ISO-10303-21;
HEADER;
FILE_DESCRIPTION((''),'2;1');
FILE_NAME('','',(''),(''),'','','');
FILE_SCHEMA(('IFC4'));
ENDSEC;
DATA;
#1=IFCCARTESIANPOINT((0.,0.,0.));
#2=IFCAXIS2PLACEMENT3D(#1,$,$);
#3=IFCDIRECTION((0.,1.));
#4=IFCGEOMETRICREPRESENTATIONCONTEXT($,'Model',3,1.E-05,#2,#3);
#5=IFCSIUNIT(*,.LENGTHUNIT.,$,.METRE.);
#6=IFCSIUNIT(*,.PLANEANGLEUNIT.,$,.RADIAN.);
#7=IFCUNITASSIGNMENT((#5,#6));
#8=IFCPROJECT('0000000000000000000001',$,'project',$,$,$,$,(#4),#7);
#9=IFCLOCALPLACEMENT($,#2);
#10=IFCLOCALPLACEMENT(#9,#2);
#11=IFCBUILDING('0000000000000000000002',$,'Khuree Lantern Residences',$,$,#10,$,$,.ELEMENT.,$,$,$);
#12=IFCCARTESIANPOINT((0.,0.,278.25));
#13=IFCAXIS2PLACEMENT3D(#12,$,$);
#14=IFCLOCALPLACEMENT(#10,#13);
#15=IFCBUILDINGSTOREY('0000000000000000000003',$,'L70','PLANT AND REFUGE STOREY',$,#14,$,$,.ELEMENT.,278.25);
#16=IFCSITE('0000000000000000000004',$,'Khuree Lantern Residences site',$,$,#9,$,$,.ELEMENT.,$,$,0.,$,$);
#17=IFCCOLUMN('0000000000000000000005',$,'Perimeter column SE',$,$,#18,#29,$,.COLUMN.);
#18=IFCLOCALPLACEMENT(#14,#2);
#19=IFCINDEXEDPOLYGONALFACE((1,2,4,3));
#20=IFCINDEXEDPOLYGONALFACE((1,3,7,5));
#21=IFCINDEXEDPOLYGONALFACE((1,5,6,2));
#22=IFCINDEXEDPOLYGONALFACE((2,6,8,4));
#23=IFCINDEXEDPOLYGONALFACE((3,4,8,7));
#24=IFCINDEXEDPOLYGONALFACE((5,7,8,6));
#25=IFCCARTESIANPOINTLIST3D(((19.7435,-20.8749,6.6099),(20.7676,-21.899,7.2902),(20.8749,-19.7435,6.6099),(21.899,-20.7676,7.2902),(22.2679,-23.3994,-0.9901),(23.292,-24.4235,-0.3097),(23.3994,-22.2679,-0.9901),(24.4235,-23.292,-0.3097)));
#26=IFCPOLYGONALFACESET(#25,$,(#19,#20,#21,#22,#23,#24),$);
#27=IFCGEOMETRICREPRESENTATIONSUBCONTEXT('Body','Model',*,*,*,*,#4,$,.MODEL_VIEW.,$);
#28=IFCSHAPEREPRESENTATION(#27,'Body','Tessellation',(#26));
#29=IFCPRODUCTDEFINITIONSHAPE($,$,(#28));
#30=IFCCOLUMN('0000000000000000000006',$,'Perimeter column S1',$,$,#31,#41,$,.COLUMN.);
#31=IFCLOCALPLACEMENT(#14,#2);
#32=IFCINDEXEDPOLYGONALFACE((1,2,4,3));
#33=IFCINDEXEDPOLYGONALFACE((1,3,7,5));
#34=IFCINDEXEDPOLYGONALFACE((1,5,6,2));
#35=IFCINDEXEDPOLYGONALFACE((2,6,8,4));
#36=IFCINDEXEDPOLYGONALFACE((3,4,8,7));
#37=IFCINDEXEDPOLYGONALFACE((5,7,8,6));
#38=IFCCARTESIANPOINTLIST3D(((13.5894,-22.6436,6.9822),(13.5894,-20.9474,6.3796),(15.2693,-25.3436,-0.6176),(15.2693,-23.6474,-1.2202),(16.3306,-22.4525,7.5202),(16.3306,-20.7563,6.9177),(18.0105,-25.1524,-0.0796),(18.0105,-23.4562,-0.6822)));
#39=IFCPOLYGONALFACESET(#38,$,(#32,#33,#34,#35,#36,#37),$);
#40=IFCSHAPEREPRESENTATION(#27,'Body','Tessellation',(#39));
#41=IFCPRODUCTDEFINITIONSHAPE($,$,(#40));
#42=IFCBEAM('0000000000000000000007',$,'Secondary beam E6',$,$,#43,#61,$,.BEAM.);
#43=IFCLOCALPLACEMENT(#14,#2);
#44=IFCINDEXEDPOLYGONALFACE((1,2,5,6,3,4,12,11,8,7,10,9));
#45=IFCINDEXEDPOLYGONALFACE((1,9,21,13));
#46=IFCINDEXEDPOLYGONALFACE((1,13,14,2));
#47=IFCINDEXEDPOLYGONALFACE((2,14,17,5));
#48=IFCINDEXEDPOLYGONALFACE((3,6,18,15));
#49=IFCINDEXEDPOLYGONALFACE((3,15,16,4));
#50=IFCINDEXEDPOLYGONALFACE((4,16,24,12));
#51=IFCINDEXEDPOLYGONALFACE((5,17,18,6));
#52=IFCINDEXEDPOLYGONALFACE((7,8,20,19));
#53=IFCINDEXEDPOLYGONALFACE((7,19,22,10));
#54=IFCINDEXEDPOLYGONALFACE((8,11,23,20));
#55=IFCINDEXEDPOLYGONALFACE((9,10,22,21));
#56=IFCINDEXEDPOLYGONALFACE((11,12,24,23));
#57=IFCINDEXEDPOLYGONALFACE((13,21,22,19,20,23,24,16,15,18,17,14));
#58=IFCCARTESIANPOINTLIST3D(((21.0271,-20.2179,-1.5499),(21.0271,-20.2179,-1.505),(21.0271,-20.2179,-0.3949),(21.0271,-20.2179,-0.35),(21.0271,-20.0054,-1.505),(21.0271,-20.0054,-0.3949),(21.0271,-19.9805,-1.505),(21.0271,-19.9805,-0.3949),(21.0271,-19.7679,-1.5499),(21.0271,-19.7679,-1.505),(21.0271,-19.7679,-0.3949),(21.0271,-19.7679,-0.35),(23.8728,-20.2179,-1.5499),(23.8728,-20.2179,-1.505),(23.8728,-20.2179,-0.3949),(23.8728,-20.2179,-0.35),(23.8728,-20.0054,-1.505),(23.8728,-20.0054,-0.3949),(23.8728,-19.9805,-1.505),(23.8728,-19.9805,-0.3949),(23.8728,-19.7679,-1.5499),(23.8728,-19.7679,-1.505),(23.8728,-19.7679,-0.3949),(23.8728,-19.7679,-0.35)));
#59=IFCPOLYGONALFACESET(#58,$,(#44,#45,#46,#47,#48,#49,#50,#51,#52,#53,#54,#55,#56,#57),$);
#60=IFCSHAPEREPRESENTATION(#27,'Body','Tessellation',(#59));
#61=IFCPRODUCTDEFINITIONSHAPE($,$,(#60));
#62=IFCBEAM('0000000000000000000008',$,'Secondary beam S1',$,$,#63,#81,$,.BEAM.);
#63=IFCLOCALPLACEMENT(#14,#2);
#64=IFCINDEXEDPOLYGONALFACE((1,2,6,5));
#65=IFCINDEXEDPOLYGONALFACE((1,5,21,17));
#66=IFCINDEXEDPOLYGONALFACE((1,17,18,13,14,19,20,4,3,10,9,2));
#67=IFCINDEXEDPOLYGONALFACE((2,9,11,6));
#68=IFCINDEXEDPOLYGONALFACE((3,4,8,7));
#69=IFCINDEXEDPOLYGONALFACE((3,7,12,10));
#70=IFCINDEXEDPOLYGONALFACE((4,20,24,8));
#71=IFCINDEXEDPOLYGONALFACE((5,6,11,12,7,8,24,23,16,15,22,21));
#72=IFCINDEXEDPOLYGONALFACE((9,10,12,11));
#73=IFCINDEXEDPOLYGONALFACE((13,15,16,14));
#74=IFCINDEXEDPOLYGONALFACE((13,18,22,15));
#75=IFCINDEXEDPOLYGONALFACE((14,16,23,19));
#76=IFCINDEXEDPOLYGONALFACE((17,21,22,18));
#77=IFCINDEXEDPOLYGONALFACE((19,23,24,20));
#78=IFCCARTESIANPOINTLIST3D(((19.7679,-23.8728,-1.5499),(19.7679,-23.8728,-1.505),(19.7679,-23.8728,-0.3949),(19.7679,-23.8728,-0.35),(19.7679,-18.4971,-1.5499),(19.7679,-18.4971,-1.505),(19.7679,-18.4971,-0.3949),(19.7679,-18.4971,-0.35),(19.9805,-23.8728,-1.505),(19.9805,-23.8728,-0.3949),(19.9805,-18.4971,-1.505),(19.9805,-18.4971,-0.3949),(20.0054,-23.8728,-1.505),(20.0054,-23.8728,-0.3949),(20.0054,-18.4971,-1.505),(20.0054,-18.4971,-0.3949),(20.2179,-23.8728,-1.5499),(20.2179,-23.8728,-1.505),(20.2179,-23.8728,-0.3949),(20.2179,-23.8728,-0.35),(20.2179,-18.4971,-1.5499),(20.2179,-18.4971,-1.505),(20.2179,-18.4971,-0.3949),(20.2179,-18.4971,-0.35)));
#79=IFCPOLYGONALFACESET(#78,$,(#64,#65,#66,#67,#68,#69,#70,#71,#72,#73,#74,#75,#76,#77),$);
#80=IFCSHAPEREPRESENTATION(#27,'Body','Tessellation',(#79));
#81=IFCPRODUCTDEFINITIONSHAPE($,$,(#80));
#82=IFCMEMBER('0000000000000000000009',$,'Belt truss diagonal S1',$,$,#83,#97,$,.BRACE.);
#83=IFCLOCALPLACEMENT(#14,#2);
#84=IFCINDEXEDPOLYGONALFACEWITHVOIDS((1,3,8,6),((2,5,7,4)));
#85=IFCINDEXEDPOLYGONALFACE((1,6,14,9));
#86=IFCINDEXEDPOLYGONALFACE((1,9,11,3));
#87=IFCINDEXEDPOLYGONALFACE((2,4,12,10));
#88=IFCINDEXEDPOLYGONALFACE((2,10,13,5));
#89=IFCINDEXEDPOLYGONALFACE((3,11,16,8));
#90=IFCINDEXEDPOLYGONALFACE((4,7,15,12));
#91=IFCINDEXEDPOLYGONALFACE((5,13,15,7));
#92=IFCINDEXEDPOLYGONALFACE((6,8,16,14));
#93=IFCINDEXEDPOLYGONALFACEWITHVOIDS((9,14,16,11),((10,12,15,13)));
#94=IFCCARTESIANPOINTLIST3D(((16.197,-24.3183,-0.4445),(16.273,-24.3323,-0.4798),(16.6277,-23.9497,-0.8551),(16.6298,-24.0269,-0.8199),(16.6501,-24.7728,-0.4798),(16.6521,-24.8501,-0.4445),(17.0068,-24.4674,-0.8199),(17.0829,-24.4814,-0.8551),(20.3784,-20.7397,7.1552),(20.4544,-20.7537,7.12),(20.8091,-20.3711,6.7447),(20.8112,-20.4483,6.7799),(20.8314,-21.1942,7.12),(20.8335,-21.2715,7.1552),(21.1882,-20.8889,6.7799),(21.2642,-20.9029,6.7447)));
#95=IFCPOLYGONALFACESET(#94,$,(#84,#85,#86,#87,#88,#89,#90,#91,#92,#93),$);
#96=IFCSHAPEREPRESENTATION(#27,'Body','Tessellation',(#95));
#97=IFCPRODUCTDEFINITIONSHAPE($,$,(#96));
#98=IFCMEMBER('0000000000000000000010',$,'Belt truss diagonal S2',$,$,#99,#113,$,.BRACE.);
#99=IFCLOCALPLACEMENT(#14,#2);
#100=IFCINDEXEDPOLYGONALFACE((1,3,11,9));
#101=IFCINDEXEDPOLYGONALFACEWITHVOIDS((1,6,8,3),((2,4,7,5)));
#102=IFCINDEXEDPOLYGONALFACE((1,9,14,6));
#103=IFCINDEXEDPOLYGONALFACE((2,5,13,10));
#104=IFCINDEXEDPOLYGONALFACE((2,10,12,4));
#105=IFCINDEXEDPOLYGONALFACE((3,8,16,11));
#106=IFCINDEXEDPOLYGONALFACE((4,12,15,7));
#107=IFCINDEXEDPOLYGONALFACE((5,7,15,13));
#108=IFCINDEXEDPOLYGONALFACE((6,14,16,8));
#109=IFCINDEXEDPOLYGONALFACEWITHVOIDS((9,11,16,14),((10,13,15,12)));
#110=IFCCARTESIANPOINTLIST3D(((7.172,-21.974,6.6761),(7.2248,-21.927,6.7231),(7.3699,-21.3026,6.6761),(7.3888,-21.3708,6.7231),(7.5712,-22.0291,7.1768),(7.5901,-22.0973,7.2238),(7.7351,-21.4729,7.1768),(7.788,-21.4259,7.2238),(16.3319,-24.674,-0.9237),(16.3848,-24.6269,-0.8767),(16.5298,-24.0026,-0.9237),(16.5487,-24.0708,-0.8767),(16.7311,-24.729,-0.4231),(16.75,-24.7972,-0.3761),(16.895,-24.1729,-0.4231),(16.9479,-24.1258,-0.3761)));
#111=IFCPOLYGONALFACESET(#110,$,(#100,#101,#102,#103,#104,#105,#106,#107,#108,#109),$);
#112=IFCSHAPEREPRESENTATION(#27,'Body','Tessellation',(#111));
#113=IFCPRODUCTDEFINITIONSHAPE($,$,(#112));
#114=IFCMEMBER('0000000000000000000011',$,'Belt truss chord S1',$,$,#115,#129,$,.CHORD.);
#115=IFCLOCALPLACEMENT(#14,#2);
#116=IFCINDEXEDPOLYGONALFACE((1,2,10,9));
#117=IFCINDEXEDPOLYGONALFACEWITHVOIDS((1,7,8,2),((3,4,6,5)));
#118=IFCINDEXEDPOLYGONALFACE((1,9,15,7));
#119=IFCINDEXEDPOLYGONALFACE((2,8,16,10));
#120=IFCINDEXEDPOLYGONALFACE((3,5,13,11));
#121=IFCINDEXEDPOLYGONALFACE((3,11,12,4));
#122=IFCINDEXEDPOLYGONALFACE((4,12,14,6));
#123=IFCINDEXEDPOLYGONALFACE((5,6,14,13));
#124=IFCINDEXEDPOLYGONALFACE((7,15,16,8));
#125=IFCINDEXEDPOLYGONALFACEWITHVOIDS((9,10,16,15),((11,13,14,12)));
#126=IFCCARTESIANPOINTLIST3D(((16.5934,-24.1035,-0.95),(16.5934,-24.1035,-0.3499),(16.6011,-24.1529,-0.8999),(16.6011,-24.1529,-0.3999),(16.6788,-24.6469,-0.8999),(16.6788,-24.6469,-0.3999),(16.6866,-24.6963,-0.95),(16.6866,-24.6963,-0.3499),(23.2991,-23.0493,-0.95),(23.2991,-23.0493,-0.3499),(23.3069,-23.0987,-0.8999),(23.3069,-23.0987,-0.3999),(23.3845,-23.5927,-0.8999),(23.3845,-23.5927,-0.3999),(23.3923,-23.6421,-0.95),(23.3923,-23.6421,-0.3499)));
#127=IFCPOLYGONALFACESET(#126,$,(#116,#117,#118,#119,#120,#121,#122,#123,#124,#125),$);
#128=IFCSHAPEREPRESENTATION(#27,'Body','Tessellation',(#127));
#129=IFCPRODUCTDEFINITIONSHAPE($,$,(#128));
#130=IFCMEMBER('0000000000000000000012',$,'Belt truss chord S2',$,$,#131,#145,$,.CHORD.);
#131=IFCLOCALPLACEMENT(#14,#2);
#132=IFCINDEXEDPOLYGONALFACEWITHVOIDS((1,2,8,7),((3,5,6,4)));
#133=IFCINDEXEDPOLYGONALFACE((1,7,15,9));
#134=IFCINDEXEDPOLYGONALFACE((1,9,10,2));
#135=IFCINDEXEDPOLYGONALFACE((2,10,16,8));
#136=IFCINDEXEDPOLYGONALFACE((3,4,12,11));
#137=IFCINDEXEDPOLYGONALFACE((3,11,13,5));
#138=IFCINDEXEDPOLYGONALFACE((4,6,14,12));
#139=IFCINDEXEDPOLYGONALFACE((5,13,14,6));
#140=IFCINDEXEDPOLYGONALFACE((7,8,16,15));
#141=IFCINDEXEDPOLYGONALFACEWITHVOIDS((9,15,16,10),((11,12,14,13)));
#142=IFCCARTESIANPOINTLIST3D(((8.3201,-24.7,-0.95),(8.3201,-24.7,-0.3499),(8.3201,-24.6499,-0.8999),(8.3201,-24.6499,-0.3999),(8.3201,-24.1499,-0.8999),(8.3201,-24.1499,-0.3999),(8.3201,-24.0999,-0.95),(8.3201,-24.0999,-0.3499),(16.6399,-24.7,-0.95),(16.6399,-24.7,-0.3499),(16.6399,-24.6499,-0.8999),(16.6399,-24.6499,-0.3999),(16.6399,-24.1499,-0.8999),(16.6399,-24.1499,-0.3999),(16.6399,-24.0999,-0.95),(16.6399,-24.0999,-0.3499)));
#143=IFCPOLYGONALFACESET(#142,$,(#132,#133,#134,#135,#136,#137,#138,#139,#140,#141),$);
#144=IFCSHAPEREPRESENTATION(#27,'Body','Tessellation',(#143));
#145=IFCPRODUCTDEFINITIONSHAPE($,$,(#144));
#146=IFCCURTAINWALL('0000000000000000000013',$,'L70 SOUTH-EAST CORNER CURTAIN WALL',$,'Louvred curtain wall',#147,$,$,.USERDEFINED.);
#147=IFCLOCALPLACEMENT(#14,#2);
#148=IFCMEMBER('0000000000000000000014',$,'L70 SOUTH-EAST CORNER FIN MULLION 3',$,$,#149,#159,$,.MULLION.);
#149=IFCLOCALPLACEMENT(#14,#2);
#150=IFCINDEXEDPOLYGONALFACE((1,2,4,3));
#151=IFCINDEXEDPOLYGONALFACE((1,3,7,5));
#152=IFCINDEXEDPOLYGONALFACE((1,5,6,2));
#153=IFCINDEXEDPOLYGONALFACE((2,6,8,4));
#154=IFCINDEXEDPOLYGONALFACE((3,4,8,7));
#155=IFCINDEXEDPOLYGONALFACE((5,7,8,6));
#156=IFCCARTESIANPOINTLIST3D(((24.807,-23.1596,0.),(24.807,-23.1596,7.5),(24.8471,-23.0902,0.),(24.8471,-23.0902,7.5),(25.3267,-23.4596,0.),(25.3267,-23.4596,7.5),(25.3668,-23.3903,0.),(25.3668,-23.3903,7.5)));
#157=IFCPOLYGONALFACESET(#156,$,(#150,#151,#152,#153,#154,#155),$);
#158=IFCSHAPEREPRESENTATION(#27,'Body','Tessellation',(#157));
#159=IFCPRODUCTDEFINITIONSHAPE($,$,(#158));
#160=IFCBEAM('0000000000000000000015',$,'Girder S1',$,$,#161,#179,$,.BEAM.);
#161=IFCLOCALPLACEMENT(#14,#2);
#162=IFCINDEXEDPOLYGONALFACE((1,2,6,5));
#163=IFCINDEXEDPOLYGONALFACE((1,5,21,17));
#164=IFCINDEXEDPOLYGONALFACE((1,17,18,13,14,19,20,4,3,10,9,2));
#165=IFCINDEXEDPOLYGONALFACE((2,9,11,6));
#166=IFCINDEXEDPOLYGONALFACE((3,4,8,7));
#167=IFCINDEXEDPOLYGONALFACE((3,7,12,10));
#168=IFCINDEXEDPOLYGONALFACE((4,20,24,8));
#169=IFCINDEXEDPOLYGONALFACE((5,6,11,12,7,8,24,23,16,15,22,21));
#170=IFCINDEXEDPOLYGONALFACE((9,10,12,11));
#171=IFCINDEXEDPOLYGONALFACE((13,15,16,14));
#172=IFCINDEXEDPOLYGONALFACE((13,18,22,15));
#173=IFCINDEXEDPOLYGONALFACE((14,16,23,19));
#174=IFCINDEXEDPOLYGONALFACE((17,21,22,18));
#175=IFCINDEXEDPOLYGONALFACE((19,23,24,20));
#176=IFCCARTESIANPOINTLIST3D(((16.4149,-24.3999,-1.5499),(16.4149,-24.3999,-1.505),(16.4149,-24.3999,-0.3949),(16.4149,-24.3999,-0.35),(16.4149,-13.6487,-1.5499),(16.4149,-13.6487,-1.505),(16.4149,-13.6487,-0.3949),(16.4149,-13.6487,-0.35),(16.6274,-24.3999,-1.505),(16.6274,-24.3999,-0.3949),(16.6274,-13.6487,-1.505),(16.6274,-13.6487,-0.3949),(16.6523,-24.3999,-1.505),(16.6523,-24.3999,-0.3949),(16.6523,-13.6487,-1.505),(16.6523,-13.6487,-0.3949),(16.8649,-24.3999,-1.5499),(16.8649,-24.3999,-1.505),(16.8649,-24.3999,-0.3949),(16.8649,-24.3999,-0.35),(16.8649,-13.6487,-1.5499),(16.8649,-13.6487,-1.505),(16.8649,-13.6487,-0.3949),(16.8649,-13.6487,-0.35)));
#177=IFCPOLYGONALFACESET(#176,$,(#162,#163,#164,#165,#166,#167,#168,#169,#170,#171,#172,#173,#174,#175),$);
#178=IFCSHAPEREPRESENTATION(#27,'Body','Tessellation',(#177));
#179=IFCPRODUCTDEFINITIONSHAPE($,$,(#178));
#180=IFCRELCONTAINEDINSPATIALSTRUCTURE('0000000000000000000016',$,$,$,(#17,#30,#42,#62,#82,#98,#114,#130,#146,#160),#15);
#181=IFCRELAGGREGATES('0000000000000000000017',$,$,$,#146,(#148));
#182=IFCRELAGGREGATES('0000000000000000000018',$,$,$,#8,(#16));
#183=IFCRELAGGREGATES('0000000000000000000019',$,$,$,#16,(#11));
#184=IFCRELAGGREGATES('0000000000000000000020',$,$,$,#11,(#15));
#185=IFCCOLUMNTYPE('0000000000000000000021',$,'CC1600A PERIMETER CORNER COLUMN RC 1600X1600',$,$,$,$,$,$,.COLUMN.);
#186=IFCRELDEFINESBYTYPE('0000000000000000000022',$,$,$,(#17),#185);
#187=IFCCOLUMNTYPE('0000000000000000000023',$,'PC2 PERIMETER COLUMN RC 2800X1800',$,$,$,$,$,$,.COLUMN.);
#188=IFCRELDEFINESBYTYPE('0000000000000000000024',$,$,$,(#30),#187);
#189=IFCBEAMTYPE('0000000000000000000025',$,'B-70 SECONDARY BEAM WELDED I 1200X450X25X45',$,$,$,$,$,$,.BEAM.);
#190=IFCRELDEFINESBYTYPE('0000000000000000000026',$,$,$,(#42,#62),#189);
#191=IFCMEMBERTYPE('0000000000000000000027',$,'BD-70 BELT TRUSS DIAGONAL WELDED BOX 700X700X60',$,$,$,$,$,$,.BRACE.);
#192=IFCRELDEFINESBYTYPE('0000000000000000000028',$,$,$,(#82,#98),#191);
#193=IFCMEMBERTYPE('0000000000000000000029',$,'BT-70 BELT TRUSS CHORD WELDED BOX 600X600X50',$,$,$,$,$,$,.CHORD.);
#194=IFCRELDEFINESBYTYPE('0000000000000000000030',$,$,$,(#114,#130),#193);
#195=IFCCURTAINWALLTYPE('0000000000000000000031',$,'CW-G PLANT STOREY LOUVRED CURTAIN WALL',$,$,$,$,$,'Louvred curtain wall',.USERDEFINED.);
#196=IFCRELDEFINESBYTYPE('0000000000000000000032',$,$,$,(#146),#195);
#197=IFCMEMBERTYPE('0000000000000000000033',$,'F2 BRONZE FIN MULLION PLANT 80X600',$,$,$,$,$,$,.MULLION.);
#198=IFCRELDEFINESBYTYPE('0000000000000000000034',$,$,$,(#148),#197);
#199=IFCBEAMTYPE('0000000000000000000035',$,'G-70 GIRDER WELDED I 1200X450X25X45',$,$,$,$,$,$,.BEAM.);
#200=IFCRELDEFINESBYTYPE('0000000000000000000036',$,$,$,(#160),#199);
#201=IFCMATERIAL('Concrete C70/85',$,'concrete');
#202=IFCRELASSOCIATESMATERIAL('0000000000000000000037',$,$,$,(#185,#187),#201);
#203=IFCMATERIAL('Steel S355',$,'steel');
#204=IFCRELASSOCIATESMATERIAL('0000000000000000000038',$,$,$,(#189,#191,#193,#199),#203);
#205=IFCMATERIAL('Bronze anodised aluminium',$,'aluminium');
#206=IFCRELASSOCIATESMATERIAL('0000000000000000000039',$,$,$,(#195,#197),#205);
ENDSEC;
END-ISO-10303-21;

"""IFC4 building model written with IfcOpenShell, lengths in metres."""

from ifc_helpers import new_model, si_unit, direction, frame, origin, origin_2d, place, context, subcontext, project, spatial, rectangle, hollow_rectangle, i_section, extrude, material, material_profile, profile_set, type_object, element, aggregate, save


model = new_model("IFC4")

# Units and contexts
model_context = context("Model", 3, precision=1e-05, world=origin(), true_north=direction((0.0, 1.0)))
body_context = subcontext(model_context, "Body", "Model", "MODEL_VIEW")
ifc_project = project(units=[si_unit("LENGTHUNIT", "METRE"), si_unit("PLANEANGLEUNIT", "RADIAN")], contexts=[model_context])

# Site, building, storey
site_placement = place(None, origin())
site = spatial("IfcSite", under=ifc_project, at=site_placement, Name="Khuree Lantern Residences site", CompositionType="ELEMENT", RefElevation=0.0)
building_placement = place(site_placement, origin())
building = spatial("IfcBuilding", under=site, at=building_placement, Name="Khuree Lantern Residences", CompositionType="ELEMENT")
storey_placement = place(building_placement, frame((0.0, 0.0, 278.25)))
storey = spatial("IfcBuildingStorey", under=building, at=storey_placement, Name="L70", Description="PLANT AND REFUGE STOREY", CompositionType="ELEMENT", Elevation=278.25)

# Columns
ifc_material_1 = material(Name="Concrete C70/85", Category="concrete")
ifc_material_profile_1 = material_profile(ifc_material_1, rectangle(XDim=1.6001, YDim=1.6001, at=origin_2d()), Name="RC 1600X1600")
ifc_profile_set_1 = profile_set([ifc_material_profile_1], Name="Concrete C70/85")
column_type_1 = type_object("IfcColumnType", Name="CC1600A PERIMETER CORNER COLUMN RC 1600X1600", PredefinedType="COLUMN", material=ifc_profile_set_1)
column_1_placement = place(storey_placement, frame((23.3457, -23.3457, -0.6499), z_axis=(-0.300647, 0.300647, 0.905109), x_axis=(0.707107, 0.707107, 0.0)))
element("IfcColumn", 1, at=column_1_placement, inside=storey, type_object=column_type_1, Name="Perimeter column SE", PredefinedType="COLUMN", context=body_context, shape_type="SweptSolid", body=[
    extrude(rectangle(XDim=1.6001, YDim=1.6001, at=origin_2d()), origin(), (0.0, 0.0, 1.0), 8.3967),
])
ifc_material_profile_2 = material_profile(ifc_material_1, rectangle(XDim=2.8, YDim=1.8, at=origin_2d()), Name="RC 2800X1800")
ifc_profile_set_2 = profile_set([ifc_material_profile_2], Name="Concrete C70/85")
column_type_2 = type_object("IfcColumnType", Name="PC2 PERIMETER COLUMN RC 2800X1800", PredefinedType="COLUMN", material=ifc_profile_set_2)
column_2_placement = place(storey_placement, frame((16.6399, -24.3999, -0.6499), z_axis=(-0.203917, 0.327731, 0.922502), x_axis=(0.978988, 0.068256, 0.192155)))
element("IfcColumn", 2, at=column_2_placement, inside=storey, type_object=column_type_2, Name="Perimeter column S1", PredefinedType="COLUMN", context=body_context, shape_type="SweptSolid", body=[
    extrude(rectangle(XDim=2.8, YDim=1.8, at=origin_2d()), origin(), (0.0, 0.0, 1.0), 8.2383),
])

# Beams
ifc_material_2 = material(Name="Steel S355", Category="steel")
ifc_material_profile_3 = material_profile(ifc_material_2, i_section(OverallWidth=0.45, OverallDepth=1.2, WebThickness=0.0249, FlangeThickness=0.0449, at=origin_2d()), Name="WELDED I 1200X450X25X45")
ifc_profile_set_3 = profile_set([ifc_material_profile_3], Name="Steel S355")
beam_type_1 = type_object("IfcBeamType", Name="B-70 SECONDARY BEAM WELDED I 1200X450X25X45", PredefinedType="BEAM", material=ifc_profile_set_3)
beam_1_placement = place(storey_placement, frame((23.8728, -19.9929, -0.95), z_axis=(-1.0, 0.0, 0.0), x_axis=(0.0, -1.0, 0.0)))
element("IfcBeam", 3, at=beam_1_placement, inside=storey, type_object=beam_type_1, Name="Secondary beam E6", PredefinedType="BEAM", context=body_context, shape_type="SweptSolid", body=[
    extrude(i_section(OverallWidth=0.45, OverallDepth=1.2, WebThickness=0.0249, FlangeThickness=0.0449, at=origin_2d()), origin(), (0.0, 0.0, 1.0), 2.8457),
])
beam_2_placement = place(storey_placement, frame((19.9929, -23.8728, -0.95), z_axis=(0.0, 1.0, 0.0), x_axis=(-1.0, 0.0, 0.0)))
element("IfcBeam", 4, at=beam_2_placement, inside=storey, type_object=beam_type_1, Name="Secondary beam S1", PredefinedType="BEAM", context=body_context, shape_type="SweptSolid", body=[
    extrude(i_section(OverallWidth=0.45, OverallDepth=1.2, WebThickness=0.0249, FlangeThickness=0.0449, at=origin_2d()), origin(), (0.0, 0.0, 1.0), 5.3757),
])

# Members
ifc_material_profile_4 = material_profile(ifc_material_2, hollow_rectangle(XDim=0.7, YDim=0.7, WallThickness=0.0601, at=origin_2d()), Name="WELDED BOX 700X700X60")
ifc_profile_set_4 = profile_set([ifc_material_profile_4], Name="Steel S355")
member_type_1 = type_object("IfcMemberType", Name="BD-70 BELT TRUSS DIAGONAL WELDED BOX 700X700X60", PredefinedType="BRACE", material=ifc_profile_set_4)
member_1_placement = place(storey_placement, frame((20.8213, -20.8213, 6.95), z_axis=(-0.445616, -0.381377, -0.809925), x_axis=(0.650221, -0.759745, 0.0)))
element("IfcMember", 5, at=member_1_placement, inside=storey, type_object=member_type_1, Name="Belt truss diagonal S1", PredefinedType="BRACE", context=body_context, shape_type="SweptSolid", body=[
    extrude(hollow_rectangle(XDim=0.7, YDim=0.7, WallThickness=0.0601, at=origin_2d()), origin(), (0.0, 0.0, 1.0), 9.3833),
])
member_2_placement = place(storey_placement, frame((16.6399, -24.3999, -0.6499), z_axis=(-0.750531, 0.221225, 0.622706), x_axis=(-0.282731, -0.959199, 0.0)))
element("IfcMember", 6, at=member_2_placement, inside=storey, type_object=member_type_1, Name="Belt truss diagonal S2", PredefinedType="BRACE", context=body_context, shape_type="SweptSolid", body=[
    extrude(hollow_rectangle(XDim=0.7, YDim=0.7, WallThickness=0.0601, at=origin_2d()), origin(), (0.0, 0.0, 1.0), 12.2046),
])
ifc_material_profile_5 = material_profile(ifc_material_2, hollow_rectangle(XDim=0.6001, YDim=0.6001, WallThickness=0.05, at=origin_2d()), Name="WELDED BOX 600X600X50")
ifc_profile_set_5 = profile_set([ifc_material_profile_5], Name="Steel S355")
member_type_2 = type_object("IfcMemberType", Name="BT-70 BELT TRUSS CHORD WELDED BOX 600X600X50", PredefinedType="CHORD", material=ifc_profile_set_5)
member_3_placement = place(storey_placement, frame((23.3457, -23.3457, -0.6499), z_axis=(-0.987867, -0.1553, 0.0), x_axis=(0.1553, -0.987867, 0.0)))
element("IfcMember", 7, at=member_3_placement, inside=storey, type_object=member_type_2, Name="Belt truss chord S1", PredefinedType="CHORD", context=body_context, shape_type="SweptSolid", body=[
    extrude(hollow_rectangle(XDim=0.6001, YDim=0.6001, WallThickness=0.05, at=origin_2d()), origin(), (0.0, 0.0, 1.0), 6.7881),
])
member_4_placement = place(storey_placement, frame((16.6399, -24.3999, -0.6499), z_axis=(-1.0, 0.0, 0.0), x_axis=(0.0, -1.0, 0.0)))
element("IfcMember", 8, at=member_4_placement, inside=storey, type_object=member_type_2, Name="Belt truss chord S2", PredefinedType="CHORD", context=body_context, shape_type="SweptSolid", body=[
    extrude(hollow_rectangle(XDim=0.6001, YDim=0.6001, WallThickness=0.05, at=origin_2d()), origin(), (0.0, 0.0, 1.0), 8.3198),
])

# Curtain wall, member
ifc_material_3 = material(Name="Bronze anodised aluminium", Category="aluminium")
curtain_wall_type = type_object("IfcCurtainWallType", Name="CW-G PLANT STOREY LOUVRED CURTAIN WALL", ElementType="Louvred curtain wall", PredefinedType="USERDEFINED", material=ifc_material_3)
curtain_wall_1_placement = place(storey_placement, origin())
curtain_wall_1 = element("IfcCurtainWall", 9, at=curtain_wall_1_placement, inside=storey, type_object=curtain_wall_type, Name="L70 SOUTH-EAST CORNER CURTAIN WALL", ObjectType="Louvred curtain wall", PredefinedType="USERDEFINED")
ifc_material_profile_6 = material_profile(ifc_material_3, rectangle(XDim=0.0801, YDim=0.6001, at=origin_2d()), Name="F2 80X600")
ifc_profile_set_6 = profile_set([ifc_material_profile_6], Name="Bronze anodised aluminium")
member_type_3 = type_object("IfcMemberType", Name="F2 BRONZE FIN MULLION PLANT 80X600", PredefinedType="MULLION", material=ifc_profile_set_6)
member_5_placement = place(storey_placement, frame((25.0869, -23.2749, 0.0), z_axis=(0.0, 0.0, 1.0), x_axis=(0.5, 0.866025, 0.0)))
member_5 = element("IfcMember", 10, at=member_5_placement, type_object=member_type_3, Name="L70 SOUTH-EAST CORNER FIN MULLION 3", PredefinedType="MULLION", context=body_context, shape_type="SweptSolid", body=[
    extrude(rectangle(XDim=0.0801, YDim=0.6001, at=origin_2d()), origin(), (0.0, 0.0, 1.0), 7.5),
])

# Beam
ifc_material_profile_7 = material_profile(ifc_material_2, i_section(OverallWidth=0.45, OverallDepth=1.2, WebThickness=0.0249, FlangeThickness=0.0449, at=origin_2d()), Name="WELDED I 1200X450X25X45")
ifc_profile_set_7 = profile_set([ifc_material_profile_7], Name="Steel S355")
beam_type_2 = type_object("IfcBeamType", Name="G-70 GIRDER WELDED I 1200X450X25X45", PredefinedType="BEAM", material=ifc_profile_set_7)
beam_3_placement = place(storey_placement, frame((16.6399, -24.3999, -0.95), z_axis=(0.0, 1.0, 0.0), x_axis=(-1.0, 0.0, 0.0)))
element("IfcBeam", 11, at=beam_3_placement, inside=storey, type_object=beam_type_2, Name="Girder S1", PredefinedType="BEAM", context=body_context, shape_type="SweptSolid", body=[
    extrude(i_section(OverallWidth=0.45, OverallDepth=1.2, WebThickness=0.0249, FlangeThickness=0.0449, at=origin_2d()), origin(), (0.0, 0.0, 1.0), 10.7512),
])

aggregate(curtain_wall_1, [member_5])

save(model, "model.ifc")
